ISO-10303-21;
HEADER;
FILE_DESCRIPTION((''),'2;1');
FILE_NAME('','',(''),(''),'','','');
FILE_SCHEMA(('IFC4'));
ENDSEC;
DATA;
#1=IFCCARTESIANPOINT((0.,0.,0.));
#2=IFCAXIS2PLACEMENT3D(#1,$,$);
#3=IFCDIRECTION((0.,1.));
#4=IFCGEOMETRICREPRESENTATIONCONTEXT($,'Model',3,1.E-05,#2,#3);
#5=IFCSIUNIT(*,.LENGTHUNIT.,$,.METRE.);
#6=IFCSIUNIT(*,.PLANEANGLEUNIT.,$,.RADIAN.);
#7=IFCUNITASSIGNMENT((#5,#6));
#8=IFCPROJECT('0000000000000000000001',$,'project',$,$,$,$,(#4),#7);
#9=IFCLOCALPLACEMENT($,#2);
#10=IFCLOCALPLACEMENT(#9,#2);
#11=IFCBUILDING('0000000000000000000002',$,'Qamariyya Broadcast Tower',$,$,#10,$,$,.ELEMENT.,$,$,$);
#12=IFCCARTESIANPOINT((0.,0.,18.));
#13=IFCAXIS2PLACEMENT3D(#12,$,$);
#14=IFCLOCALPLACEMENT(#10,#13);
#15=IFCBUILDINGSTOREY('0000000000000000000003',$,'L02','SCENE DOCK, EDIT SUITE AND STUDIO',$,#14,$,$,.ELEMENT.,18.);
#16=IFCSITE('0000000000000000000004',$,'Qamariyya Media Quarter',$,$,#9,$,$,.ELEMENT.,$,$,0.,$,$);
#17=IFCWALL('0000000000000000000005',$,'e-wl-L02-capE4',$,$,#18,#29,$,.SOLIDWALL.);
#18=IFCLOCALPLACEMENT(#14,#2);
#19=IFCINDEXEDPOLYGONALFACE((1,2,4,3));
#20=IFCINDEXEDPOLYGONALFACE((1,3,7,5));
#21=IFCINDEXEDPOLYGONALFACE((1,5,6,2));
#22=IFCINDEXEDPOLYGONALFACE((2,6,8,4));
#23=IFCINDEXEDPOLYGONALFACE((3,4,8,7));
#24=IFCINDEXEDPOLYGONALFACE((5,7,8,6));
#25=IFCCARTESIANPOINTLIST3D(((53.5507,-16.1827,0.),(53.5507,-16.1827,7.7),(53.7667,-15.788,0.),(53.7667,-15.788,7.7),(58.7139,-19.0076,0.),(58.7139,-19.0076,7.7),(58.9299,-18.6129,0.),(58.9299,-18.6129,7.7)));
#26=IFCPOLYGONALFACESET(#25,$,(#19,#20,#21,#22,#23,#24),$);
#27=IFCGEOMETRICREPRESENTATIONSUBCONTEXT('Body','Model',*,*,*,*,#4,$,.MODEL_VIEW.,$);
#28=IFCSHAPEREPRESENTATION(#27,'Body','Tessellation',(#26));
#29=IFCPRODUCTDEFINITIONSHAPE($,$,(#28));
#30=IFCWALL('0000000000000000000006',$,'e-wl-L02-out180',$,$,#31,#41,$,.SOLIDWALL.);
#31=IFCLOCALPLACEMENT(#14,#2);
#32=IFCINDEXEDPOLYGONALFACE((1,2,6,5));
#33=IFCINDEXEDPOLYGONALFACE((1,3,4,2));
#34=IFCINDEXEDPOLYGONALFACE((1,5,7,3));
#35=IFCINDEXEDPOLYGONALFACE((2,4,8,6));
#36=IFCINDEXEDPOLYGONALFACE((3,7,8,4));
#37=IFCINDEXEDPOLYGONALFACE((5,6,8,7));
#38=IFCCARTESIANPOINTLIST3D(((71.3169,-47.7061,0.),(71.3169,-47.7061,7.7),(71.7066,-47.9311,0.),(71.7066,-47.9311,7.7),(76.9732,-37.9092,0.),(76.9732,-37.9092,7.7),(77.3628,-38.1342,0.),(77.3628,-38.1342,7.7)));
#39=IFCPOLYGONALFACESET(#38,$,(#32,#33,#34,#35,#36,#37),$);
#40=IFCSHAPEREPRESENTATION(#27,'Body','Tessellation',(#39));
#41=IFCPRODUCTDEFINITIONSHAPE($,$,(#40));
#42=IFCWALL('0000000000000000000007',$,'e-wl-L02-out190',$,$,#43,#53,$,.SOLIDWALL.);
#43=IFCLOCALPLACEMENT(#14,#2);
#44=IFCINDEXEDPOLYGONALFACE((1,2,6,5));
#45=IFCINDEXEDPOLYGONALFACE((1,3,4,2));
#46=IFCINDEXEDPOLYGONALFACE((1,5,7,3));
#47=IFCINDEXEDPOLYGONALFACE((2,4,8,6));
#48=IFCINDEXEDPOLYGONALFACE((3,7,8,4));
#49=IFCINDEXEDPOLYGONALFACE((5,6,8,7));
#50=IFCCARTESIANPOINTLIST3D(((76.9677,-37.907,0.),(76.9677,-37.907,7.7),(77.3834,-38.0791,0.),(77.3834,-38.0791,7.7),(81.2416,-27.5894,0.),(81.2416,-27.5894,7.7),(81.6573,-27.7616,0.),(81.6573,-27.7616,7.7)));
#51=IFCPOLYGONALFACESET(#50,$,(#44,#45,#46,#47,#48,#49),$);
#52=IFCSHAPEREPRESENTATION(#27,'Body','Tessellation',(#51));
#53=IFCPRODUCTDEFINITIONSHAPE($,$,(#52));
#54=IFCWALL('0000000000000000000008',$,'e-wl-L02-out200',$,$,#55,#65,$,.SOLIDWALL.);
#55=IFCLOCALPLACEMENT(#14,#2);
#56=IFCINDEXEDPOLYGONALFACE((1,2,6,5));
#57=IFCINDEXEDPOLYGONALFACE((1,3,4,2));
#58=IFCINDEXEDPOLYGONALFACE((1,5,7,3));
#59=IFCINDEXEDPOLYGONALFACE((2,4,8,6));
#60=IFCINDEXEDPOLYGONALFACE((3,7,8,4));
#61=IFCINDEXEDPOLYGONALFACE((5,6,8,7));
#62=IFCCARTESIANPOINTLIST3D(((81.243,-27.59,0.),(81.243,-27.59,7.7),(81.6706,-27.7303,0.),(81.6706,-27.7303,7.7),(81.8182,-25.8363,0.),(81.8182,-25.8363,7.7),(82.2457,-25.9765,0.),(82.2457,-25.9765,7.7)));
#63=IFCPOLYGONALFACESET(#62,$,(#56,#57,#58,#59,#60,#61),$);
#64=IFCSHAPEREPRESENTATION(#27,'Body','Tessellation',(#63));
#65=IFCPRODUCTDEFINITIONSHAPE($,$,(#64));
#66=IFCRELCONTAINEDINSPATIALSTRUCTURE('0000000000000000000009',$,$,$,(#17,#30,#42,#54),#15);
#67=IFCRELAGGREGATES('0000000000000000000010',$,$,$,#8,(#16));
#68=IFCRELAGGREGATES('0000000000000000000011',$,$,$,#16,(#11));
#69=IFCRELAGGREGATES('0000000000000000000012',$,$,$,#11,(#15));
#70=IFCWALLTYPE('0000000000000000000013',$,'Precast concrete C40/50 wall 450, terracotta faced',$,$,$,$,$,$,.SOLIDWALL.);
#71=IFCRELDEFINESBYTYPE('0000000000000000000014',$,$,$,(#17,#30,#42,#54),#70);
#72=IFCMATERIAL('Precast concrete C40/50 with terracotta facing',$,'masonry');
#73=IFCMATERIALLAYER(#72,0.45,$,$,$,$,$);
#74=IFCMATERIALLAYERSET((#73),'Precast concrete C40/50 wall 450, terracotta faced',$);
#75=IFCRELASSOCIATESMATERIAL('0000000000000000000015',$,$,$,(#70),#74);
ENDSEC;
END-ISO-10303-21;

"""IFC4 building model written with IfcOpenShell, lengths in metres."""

from ifc_helpers import new_model, si_unit, direction, frame, frame_2d, origin, place, context, subcontext, project, spatial, rectangle, extrude, material, layer, layer_set, type_object, element, save


model = new_model("IFC4")

# Units and contexts
model_context = context("Model", 3, precision=1e-05, world=origin(), true_north=direction((0.0, 1.0)))
body_context = subcontext(model_context, "Body", "Model", "MODEL_VIEW")
ifc_project = project(units=[si_unit("LENGTHUNIT", "METRE"), si_unit("PLANEANGLEUNIT", "RADIAN")], contexts=[model_context])

# Site, building, storey
site_placement = place(None, origin())
site = spatial("IfcSite", under=ifc_project, at=site_placement, Name="Qamariyya Media Quarter", CompositionType="ELEMENT", RefElevation=0.0)
building_placement = place(site_placement, origin())
building = spatial("IfcBuilding", under=site, at=building_placement, Name="Qamariyya Broadcast Tower", CompositionType="ELEMENT")
storey_placement = place(building_placement, frame((0.0, 0.0, 18.0)))
storey = spatial("IfcBuildingStorey", under=building, at=storey_placement, Name="L02", Description="SCENE DOCK, EDIT SUITE AND STUDIO", CompositionType="ELEMENT", Elevation=18.0)

# Walls
ifc_material_1 = material(Name="Precast concrete C40/50 with terracotta facing", Category="masonry")
ifc_layer_1 = layer(ifc_material_1, 0.45)
ifc_layer_set_1 = layer_set([ifc_layer_1], Name="Precast concrete C40/50 wall 450, terracotta faced")
wall_type_1 = type_object("IfcWallType", Name="Precast concrete C40/50 wall 450, terracotta faced", PredefinedType="SOLIDWALL", material=ifc_layer_set_1)
wall_1_placement = place(storey_placement, frame((58.822, -18.8103, 0.0), z_axis=(0.0, 0.0, 1.0), x_axis=(-0.877281, 0.479976, 0.0)))
element("IfcWall", 1, at=wall_1_placement, inside=storey, type_object=wall_type_1, Name="e-wl-L02-capE4", PredefinedType="SOLIDWALL", context=body_context, shape_type="SweptSolid", body=[
    extrude(rectangle(XDim=5.8855, YDim=0.45, at=frame_2d((2.9429, 0.0))), origin(), (0.0, 0.0, 1.0), 7.7),
])
wall_2_placement = place(storey_placement, frame((71.5117, -47.8186, 0.0), z_axis=(0.0, 0.0, 1.0), x_axis=(0.500001, 0.866025, 0.0)))
element("IfcWall", 2, at=wall_2_placement, inside=storey, type_object=wall_type_1, Name="e-wl-L02-out180", PredefinedType="SOLIDWALL", context=body_context, shape_type="SweptSolid", body=[
    extrude(rectangle(XDim=11.3125, YDim=0.45, at=frame_2d((5.6562, 0.0))), origin(), (0.0, 0.0, 1.0), 7.7),
])
wall_3_placement = place(storey_placement, frame((77.1755, -37.9932, 0.0), z_axis=(0.0, 0.0, 1.0), x_axis=(0.382701, 0.923872, 0.0)))
element("IfcWall", 3, at=wall_3_placement, inside=storey, type_object=wall_type_1, Name="e-wl-L02-out190", PredefinedType="SOLIDWALL", context=body_context, shape_type="SweptSolid", body=[
    extrude(rectangle(XDim=11.1677, YDim=0.45, at=frame_2d((5.584, 0.0))), origin(), (0.0, 0.0, 1.0), 7.7),
])
wall_4_placement = place(storey_placement, frame((81.4568, -27.6602, 0.0), z_axis=(0.0, 0.0, 1.0), x_axis=(0.311621, 0.950206, 0.0)))
element("IfcWall", 4, at=wall_4_placement, inside=storey, type_object=wall_type_1, Name="e-wl-L02-out200", PredefinedType="SOLIDWALL", context=body_context, shape_type="SweptSolid", body=[
    extrude(rectangle(XDim=1.8457, YDim=0.45, at=frame_2d((0.9229, 0.0))), origin(), (0.0, 0.0, 1.0), 7.7),
])

save(model, "model.ifc")
